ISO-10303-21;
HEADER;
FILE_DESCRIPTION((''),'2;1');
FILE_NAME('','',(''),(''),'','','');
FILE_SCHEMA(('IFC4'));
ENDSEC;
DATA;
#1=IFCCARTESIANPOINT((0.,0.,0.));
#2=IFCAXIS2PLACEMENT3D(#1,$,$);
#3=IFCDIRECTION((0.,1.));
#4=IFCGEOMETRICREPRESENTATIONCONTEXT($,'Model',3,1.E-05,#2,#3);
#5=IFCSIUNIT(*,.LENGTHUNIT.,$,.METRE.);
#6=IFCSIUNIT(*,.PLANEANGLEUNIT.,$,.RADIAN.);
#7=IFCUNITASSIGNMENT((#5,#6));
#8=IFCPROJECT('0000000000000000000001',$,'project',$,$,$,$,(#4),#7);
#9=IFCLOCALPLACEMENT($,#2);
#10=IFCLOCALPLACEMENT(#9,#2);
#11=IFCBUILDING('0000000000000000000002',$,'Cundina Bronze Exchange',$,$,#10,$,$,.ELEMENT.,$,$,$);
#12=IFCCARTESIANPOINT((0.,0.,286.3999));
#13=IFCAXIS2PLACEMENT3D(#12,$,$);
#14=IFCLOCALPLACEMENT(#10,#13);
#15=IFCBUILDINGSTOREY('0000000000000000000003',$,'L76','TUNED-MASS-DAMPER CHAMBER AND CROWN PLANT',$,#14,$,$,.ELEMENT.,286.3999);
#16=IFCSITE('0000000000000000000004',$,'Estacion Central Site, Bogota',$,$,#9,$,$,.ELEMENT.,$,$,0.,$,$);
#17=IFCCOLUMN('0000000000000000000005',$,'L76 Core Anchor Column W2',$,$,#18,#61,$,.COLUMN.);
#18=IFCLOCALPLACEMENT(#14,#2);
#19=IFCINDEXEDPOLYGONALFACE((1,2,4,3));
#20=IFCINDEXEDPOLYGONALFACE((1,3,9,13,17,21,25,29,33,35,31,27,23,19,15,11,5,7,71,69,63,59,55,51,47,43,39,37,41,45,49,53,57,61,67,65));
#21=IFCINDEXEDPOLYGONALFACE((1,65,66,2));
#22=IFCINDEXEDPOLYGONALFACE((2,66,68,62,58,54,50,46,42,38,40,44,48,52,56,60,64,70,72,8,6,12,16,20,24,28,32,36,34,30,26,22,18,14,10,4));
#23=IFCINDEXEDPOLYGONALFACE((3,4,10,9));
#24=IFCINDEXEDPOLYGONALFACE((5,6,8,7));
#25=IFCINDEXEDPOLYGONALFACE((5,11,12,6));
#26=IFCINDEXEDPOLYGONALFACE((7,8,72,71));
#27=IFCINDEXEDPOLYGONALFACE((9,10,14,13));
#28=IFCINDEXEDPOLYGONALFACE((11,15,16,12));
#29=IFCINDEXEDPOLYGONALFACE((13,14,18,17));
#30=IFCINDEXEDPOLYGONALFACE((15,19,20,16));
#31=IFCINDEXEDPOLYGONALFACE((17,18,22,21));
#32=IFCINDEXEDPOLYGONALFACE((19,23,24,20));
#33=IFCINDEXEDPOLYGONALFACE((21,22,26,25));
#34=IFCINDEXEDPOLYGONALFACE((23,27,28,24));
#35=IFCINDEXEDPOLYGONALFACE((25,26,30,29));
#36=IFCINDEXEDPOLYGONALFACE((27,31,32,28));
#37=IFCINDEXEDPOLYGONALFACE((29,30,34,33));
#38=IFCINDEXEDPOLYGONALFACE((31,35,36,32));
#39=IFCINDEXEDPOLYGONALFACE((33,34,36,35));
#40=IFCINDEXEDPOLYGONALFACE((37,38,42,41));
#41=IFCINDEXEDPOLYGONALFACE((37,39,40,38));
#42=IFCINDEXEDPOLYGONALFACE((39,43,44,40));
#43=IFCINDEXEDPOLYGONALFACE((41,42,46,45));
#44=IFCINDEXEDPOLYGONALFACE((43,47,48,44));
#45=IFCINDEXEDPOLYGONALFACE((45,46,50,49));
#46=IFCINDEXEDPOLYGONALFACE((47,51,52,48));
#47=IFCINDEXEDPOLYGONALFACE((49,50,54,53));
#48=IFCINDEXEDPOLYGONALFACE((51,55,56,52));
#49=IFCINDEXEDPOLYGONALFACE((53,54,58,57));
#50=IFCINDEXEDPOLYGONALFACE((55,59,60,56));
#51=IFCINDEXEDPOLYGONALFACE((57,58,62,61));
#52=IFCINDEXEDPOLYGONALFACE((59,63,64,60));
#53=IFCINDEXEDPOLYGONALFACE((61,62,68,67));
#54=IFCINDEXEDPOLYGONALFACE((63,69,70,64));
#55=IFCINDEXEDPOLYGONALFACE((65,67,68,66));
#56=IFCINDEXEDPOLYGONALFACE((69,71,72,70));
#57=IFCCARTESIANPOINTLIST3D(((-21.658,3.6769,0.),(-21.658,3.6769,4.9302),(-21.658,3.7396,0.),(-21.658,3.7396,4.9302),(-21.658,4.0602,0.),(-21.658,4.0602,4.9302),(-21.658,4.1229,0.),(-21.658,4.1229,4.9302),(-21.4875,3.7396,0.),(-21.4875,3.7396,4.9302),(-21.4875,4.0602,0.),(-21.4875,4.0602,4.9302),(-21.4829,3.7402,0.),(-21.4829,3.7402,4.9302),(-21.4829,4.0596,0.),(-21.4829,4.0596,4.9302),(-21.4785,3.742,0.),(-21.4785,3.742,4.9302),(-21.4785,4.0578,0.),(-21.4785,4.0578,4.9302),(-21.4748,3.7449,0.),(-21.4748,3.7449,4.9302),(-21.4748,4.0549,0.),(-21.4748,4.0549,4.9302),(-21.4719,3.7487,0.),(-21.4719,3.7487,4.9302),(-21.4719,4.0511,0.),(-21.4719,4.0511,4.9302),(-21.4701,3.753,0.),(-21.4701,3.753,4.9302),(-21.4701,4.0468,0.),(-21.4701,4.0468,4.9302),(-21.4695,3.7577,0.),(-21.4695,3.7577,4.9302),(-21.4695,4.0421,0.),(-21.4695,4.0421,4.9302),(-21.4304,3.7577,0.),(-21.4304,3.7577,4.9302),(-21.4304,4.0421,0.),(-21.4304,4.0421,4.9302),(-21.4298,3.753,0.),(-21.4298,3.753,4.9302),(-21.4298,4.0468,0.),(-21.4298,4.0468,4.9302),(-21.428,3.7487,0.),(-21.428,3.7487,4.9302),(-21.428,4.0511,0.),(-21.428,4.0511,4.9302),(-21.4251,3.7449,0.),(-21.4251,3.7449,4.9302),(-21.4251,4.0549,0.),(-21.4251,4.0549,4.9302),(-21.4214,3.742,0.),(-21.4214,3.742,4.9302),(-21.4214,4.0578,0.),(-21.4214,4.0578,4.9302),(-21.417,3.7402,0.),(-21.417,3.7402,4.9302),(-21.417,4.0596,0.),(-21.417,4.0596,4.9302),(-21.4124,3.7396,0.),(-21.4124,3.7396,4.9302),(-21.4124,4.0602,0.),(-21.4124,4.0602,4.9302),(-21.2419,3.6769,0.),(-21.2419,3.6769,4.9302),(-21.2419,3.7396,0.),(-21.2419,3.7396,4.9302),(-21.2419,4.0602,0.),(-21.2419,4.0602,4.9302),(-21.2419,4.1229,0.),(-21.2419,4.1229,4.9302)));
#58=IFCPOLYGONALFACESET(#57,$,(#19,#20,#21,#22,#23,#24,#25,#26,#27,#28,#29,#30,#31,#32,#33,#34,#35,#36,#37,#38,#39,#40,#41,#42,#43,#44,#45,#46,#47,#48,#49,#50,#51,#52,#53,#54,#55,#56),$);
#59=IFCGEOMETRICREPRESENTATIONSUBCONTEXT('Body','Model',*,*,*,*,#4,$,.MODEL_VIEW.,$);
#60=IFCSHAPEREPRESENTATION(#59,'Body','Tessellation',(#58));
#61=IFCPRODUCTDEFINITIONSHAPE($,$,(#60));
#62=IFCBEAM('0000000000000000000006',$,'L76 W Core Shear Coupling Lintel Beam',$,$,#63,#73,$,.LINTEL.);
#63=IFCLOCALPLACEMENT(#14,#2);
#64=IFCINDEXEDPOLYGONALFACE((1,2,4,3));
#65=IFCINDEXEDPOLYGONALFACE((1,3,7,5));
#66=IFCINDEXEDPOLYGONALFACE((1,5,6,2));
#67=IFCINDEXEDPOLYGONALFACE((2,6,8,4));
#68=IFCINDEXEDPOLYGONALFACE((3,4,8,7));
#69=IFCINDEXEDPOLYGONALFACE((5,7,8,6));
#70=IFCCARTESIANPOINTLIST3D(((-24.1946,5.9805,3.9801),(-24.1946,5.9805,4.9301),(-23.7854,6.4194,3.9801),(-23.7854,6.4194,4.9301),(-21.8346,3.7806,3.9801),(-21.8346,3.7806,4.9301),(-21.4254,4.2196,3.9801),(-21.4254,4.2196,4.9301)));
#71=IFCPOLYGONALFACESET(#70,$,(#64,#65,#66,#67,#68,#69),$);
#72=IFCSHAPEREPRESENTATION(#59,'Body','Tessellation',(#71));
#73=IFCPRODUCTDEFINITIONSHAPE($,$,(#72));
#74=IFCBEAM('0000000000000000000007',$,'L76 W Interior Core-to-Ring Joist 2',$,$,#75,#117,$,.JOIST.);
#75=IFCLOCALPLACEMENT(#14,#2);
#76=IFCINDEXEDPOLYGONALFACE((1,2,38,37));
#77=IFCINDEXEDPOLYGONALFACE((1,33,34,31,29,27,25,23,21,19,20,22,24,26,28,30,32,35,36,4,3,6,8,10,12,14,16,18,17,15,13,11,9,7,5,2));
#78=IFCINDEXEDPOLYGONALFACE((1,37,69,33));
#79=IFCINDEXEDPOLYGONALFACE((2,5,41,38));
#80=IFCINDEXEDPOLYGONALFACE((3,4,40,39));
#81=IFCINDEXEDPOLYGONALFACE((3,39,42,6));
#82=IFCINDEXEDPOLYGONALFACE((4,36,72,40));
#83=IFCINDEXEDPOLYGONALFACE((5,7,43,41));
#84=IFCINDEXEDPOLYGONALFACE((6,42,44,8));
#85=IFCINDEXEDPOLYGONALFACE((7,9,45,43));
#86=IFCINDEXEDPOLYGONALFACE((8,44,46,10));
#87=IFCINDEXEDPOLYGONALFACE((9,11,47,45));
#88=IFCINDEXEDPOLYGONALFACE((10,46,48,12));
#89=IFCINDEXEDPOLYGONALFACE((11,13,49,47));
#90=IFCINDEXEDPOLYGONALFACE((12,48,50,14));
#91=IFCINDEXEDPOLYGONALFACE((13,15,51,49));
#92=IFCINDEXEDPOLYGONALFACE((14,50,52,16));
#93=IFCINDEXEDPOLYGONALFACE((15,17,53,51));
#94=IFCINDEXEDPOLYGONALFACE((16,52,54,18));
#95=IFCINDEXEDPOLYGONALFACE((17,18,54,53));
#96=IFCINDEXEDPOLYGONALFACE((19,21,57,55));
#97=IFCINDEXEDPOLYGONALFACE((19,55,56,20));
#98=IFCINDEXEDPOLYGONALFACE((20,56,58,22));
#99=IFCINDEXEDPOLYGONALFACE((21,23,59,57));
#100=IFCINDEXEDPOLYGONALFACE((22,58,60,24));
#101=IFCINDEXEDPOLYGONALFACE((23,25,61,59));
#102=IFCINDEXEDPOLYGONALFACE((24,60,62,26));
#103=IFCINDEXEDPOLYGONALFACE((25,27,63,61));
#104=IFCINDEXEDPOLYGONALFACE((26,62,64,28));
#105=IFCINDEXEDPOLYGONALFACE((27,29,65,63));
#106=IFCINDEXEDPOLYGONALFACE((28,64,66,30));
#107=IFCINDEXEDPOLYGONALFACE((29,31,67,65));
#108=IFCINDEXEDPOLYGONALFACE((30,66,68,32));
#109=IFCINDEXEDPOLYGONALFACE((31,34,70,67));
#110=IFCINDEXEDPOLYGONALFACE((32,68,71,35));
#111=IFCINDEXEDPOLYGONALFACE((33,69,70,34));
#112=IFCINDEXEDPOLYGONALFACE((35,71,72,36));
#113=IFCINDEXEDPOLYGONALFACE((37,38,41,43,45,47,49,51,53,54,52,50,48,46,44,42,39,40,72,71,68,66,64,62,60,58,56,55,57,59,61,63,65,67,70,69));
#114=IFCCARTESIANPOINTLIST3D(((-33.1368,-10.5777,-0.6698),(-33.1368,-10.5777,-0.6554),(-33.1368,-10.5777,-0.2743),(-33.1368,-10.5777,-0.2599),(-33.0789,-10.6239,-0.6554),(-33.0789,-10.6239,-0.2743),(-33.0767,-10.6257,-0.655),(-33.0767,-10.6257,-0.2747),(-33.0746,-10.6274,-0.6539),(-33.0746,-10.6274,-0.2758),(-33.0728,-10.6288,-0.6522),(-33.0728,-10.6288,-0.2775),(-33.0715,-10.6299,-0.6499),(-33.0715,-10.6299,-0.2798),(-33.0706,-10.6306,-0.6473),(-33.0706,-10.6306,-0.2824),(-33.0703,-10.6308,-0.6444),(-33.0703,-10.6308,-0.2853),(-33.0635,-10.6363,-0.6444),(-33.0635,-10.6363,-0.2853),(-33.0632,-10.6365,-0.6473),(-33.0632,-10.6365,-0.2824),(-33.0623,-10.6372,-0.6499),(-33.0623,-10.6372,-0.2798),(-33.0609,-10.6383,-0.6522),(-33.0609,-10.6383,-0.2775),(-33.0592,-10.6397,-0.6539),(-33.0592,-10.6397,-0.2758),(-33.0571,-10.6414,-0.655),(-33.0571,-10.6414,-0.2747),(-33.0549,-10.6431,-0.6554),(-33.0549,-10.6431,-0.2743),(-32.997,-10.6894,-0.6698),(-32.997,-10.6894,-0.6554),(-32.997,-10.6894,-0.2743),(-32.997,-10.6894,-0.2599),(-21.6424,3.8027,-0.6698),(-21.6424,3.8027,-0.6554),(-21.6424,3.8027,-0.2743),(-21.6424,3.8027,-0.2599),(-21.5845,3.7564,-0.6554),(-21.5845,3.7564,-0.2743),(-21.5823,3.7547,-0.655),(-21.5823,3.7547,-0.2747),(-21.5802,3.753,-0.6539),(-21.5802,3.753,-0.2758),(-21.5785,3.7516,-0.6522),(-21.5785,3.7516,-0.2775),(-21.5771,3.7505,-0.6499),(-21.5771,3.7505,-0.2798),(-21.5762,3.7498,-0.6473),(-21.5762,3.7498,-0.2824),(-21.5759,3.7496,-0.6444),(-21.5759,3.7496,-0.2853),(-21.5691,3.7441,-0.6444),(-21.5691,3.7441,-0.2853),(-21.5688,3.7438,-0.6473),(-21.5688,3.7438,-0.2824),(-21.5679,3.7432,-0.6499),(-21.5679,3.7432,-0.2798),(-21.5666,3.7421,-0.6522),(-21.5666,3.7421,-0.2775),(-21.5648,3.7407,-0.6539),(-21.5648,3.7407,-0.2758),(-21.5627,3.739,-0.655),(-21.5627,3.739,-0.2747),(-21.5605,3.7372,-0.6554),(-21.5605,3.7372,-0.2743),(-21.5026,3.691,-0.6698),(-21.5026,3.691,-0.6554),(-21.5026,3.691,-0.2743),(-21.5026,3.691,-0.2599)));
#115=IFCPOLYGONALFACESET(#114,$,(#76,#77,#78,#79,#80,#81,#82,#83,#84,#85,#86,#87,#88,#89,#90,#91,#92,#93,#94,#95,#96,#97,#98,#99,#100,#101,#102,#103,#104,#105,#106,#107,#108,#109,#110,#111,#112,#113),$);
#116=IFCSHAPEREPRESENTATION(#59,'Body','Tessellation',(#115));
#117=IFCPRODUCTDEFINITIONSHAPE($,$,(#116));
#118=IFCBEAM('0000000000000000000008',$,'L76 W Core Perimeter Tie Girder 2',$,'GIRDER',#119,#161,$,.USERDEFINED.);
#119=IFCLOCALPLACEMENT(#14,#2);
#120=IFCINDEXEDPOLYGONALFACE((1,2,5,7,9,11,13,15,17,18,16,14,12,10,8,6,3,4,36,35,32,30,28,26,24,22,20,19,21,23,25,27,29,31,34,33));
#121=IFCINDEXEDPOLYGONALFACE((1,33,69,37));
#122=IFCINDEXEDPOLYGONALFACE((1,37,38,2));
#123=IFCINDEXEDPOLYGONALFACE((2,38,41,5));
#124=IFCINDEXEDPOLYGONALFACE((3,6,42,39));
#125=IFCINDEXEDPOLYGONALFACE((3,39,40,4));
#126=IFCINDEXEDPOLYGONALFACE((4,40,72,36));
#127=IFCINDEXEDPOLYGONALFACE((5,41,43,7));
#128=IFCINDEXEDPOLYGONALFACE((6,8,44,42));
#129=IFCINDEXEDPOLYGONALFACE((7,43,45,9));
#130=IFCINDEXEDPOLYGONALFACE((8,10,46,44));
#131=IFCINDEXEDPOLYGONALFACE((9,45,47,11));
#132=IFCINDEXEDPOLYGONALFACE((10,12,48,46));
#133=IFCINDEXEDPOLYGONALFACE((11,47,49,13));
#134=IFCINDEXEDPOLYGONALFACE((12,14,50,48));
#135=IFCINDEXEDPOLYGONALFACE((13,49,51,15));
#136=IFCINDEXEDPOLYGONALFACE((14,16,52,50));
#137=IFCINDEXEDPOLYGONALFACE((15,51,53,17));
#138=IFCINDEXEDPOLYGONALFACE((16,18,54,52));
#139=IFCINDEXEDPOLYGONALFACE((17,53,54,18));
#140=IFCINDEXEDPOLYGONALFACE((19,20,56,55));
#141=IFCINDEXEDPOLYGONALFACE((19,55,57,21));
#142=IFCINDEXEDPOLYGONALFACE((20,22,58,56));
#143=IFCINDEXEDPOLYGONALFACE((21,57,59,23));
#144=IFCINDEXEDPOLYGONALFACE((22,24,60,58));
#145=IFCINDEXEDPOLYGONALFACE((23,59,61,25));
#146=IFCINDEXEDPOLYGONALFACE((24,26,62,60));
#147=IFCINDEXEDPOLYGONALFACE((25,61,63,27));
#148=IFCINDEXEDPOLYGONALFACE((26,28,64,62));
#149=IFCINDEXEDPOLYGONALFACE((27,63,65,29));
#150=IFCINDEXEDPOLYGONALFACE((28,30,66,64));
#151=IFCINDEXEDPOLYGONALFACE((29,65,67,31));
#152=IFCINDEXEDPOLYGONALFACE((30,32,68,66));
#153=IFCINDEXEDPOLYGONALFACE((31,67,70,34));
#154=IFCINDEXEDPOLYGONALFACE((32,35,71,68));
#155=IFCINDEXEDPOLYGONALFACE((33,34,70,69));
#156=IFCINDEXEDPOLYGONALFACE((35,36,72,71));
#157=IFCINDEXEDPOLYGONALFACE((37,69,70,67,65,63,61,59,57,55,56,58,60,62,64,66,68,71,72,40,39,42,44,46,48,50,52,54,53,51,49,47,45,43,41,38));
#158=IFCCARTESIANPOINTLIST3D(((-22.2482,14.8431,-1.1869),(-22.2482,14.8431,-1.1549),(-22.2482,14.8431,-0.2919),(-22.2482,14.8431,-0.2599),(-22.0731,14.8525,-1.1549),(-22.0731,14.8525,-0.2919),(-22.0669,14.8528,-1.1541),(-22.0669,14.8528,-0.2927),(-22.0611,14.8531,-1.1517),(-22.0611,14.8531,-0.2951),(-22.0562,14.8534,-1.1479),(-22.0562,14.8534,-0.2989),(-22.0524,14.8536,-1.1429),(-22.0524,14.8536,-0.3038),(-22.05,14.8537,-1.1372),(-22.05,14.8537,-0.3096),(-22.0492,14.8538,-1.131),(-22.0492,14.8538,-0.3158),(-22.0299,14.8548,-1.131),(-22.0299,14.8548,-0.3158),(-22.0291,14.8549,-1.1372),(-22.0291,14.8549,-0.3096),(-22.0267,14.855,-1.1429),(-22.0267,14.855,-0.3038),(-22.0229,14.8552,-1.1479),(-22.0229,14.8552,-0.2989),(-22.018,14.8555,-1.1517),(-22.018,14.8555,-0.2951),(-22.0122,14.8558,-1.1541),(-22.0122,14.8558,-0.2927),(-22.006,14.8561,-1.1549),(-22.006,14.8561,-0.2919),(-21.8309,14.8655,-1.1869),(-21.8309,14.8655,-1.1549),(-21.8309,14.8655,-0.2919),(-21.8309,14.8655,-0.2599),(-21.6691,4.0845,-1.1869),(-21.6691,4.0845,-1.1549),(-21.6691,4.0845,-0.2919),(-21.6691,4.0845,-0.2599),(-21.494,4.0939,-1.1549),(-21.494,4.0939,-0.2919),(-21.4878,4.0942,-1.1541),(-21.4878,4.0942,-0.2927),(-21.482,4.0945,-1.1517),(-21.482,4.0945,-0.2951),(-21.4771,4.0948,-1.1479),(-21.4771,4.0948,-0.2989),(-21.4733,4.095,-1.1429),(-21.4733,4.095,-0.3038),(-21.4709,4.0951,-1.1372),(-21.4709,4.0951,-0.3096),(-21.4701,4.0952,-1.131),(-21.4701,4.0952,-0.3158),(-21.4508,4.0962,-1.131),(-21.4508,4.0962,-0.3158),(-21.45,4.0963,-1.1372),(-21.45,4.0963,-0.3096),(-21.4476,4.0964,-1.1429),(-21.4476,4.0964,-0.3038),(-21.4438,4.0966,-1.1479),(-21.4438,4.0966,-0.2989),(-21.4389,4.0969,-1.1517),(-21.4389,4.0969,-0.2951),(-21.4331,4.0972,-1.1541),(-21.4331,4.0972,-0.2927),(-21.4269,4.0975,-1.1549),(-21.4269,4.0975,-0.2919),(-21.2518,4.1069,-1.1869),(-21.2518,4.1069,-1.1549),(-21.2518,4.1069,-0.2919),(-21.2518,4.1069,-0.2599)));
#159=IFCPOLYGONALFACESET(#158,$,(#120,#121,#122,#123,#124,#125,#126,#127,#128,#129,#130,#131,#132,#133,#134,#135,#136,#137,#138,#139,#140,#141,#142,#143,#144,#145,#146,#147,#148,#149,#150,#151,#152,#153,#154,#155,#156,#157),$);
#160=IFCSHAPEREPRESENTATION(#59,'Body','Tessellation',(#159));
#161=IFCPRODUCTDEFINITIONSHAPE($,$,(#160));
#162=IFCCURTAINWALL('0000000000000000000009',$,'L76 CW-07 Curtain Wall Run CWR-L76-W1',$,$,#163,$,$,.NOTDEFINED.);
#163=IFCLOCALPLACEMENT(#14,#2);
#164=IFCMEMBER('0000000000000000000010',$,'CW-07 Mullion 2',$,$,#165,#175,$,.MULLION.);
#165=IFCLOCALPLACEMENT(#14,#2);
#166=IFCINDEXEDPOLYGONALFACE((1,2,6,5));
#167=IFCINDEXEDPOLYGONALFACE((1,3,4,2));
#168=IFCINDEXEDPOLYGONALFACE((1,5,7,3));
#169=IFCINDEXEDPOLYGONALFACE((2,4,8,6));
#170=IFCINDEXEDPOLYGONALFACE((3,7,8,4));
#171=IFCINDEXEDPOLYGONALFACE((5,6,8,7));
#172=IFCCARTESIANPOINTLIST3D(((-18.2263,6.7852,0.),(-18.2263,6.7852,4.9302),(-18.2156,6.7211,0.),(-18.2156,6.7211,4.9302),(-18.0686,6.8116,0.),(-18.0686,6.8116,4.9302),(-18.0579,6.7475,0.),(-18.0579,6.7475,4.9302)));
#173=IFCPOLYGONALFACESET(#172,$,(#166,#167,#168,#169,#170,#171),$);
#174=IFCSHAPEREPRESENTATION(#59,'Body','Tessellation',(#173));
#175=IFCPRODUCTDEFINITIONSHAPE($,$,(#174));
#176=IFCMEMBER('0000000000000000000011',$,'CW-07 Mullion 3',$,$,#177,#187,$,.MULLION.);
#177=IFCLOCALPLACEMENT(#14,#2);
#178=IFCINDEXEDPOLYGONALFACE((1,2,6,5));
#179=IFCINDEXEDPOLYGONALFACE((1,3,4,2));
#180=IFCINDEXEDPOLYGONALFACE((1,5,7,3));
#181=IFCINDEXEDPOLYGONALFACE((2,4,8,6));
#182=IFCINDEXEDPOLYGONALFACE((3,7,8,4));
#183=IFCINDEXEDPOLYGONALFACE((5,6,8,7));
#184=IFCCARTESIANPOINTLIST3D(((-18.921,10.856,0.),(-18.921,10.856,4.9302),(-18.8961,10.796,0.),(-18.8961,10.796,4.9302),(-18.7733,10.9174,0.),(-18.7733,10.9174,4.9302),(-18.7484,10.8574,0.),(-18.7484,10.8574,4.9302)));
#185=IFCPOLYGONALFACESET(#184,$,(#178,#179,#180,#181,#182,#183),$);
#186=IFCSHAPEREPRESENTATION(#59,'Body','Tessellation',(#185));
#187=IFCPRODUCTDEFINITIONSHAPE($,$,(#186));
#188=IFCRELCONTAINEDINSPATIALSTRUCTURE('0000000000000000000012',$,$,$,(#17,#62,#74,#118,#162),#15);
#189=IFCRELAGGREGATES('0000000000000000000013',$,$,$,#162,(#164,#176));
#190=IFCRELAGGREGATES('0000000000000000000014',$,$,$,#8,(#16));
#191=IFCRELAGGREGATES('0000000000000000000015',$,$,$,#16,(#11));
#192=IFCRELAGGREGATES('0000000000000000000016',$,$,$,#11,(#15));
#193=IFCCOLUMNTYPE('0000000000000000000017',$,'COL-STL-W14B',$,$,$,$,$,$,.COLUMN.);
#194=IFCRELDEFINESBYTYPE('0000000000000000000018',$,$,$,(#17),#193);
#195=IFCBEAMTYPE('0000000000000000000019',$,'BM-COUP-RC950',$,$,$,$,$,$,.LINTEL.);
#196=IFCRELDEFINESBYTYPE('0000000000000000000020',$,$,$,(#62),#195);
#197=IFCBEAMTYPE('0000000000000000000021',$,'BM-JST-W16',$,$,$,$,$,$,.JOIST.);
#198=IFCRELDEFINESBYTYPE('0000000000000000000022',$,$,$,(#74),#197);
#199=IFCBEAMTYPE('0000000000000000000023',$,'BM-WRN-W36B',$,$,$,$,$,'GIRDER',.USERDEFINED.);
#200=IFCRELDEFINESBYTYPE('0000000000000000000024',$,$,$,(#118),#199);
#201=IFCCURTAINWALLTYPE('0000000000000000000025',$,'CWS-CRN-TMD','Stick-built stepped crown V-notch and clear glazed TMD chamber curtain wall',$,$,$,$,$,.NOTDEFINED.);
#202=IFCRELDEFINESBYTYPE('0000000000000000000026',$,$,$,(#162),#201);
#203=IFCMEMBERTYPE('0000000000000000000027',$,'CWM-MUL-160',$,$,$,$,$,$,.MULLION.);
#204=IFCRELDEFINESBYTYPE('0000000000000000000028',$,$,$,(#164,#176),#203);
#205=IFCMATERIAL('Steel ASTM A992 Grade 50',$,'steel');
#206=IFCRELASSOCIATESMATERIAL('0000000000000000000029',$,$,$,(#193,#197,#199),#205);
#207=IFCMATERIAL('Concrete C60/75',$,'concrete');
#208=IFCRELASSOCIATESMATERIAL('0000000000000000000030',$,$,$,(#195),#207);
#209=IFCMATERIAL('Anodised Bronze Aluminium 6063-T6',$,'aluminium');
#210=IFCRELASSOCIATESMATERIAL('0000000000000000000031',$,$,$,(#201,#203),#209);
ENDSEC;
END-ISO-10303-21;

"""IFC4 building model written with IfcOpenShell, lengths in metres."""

from ifc_helpers import new_model, si_unit, direction, frame, origin, origin_2d, place, context, subcontext, project, spatial, rectangle, i_section, extrude, material, material_profile, profile_set, type_object, element, aggregate, save


model = new_model("IFC4")

# Units and contexts
model_context = context("Model", 3, precision=1e-05, world=origin(), true_north=direction((0.0, 1.0)))
body_context = subcontext(model_context, "Body", "Model", "MODEL_VIEW")
ifc_project = project(units=[si_unit("LENGTHUNIT", "METRE"), si_unit("PLANEANGLEUNIT", "RADIAN")], contexts=[model_context])

# Site, building, storey
site_placement = place(None, origin())
site = spatial("IfcSite", under=ifc_project, at=site_placement, Name="Estacion Central Site, Bogota", CompositionType="ELEMENT", RefElevation=0.0)
building_placement = place(site_placement, origin())
building = spatial("IfcBuilding", under=site, at=building_placement, Name="Cundina Bronze Exchange", CompositionType="ELEMENT")
storey_placement = place(building_placement, frame((0.0, 0.0, 286.3999)))
storey = spatial("IfcBuildingStorey", under=building, at=storey_placement, Name="L76", Description="TUNED-MASS-DAMPER CHAMBER AND CROWN PLANT", CompositionType="ELEMENT", Elevation=286.3999)

# Column
ifc_material_1 = material(Name="Steel ASTM A992 Grade 50", Category="steel")
ifc_material_profile_1 = material_profile(ifc_material_1, i_section(OverallWidth=0.416, OverallDepth=0.446, WebThickness=0.0391, FlangeThickness=0.0627, FilletRadius=0.0181, at=origin_2d()), Name="W14X342", Category="steel")
ifc_profile_set_1 = profile_set([ifc_material_profile_1], Name="Steel ASTM A992 Grade 50")
column_type = type_object("IfcColumnType", Name="COL-STL-W14B", PredefinedType="COLUMN", material=ifc_profile_set_1)
column_placement = place(storey_placement, frame((-21.45, 3.8999, 0.0), z_axis=(0.0, 0.0, 1.0), x_axis=(1.0, 0.0, 0.0)))
element("IfcColumn", 1, at=column_placement, inside=storey, type_object=column_type, Name="L76 Core Anchor Column W2", PredefinedType="COLUMN", context=body_context, shape_type="SweptSolid", body=[
    extrude(i_section(OverallWidth=0.416, OverallDepth=0.446, WebThickness=0.0391, FlangeThickness=0.0627, FilletRadius=0.0181, at=origin_2d()), origin(), (0.0, 0.0, 1.0), 4.9302),
])

# Beams
ifc_material_2 = material(Name="Concrete C60/75", Category="concrete")
ifc_material_profile_2 = material_profile(ifc_material_2, rectangle(XDim=0.6001, YDim=0.95, at=origin_2d()), Name="RC600X950", Category="concrete")
ifc_profile_set_2 = profile_set([ifc_material_profile_2], Name="Concrete C60/75")
beam_type_1 = type_object("IfcBeamType", Name="BM-COUP-RC950", PredefinedType="LINTEL", material=ifc_profile_set_2)
beam_1_placement = place(storey_placement, frame((-23.99, 6.2, 4.4551), z_axis=(0.73149, -0.681852, 0.0), x_axis=(0.681852, 0.73149, 0.0)))
element("IfcBeam", 2, at=beam_1_placement, inside=storey, type_object=beam_type_1, Name="L76 W Core Shear Coupling Lintel Beam", PredefinedType="LINTEL", context=body_context, shape_type="SweptSolid", body=[
    extrude(rectangle(XDim=0.6001, YDim=0.95, at=origin_2d()), origin(), (0.0, 0.0, 1.0), 3.2263),
])
ifc_material_profile_3 = material_profile(ifc_material_1, i_section(OverallWidth=0.179, OverallDepth=0.4099, WebThickness=0.0088, FlangeThickness=0.0144, FilletRadius=0.011, at=origin_2d()), Name="W16X45", Category="steel")
ifc_profile_set_3 = profile_set([ifc_material_profile_3], Name="Steel ASTM A992 Grade 50")
beam_type_2 = type_object("IfcBeamType", Name="BM-JST-W16", PredefinedType="JOIST", material=ifc_profile_set_3)
beam_2_placement = place(storey_placement, frame((-21.5725, 3.7468, -0.4648), z_axis=(-0.624367, -0.781131, 0.0), x_axis=(0.781131, -0.624367, 0.0)))
element("IfcBeam", 3, at=beam_2_placement, inside=storey, type_object=beam_type_2, Name="L76 W Interior Core-to-Ring Joist 2", PredefinedType="JOIST", context=body_context, shape_type="SweptSolid", body=[
    extrude(i_section(OverallWidth=0.179, OverallDepth=0.4099, WebThickness=0.0088, FlangeThickness=0.0144, FilletRadius=0.011, at=origin_2d()), origin(), (0.0, 0.0, 1.0), 18.4097),
])
ifc_material_profile_4 = material_profile(ifc_material_1, i_section(OverallWidth=0.418, OverallDepth=0.927, WebThickness=0.0193, FlangeThickness=0.032, FilletRadius=0.0239, at=origin_2d()), Name="W36X231", Category="steel")
ifc_profile_set_4 = profile_set([ifc_material_profile_4], Name="Steel ASTM A992 Grade 50")
beam_type_3 = type_object("IfcBeamType", Name="BM-WRN-W36B", ElementType="GIRDER", PredefinedType="USERDEFINED", material=ifc_profile_set_4)
beam_3_placement = place(storey_placement, frame((-21.4604, 4.0957, -0.7234), z_axis=(-0.053749, 0.998554, 0.0), x_axis=(-0.998554, -0.053749, 0.0)))
element("IfcBeam", 4, at=beam_3_placement, inside=storey, type_object=beam_type_3, Name="L76 W Core Perimeter Tie Girder 2", ObjectType="GIRDER", PredefinedType="USERDEFINED", context=body_context, shape_type="SweptSolid", body=[
    extrude(i_section(OverallWidth=0.418, OverallDepth=0.927, WebThickness=0.0193, FlangeThickness=0.032, FilletRadius=0.0239, at=origin_2d()), origin(), (0.0, 0.0, 1.0), 10.7742),
])

# Curtain wall, members
ifc_material_3 = material(Name="Anodised Bronze Aluminium 6063-T6", Category="aluminium")
curtain_wall_type = type_object("IfcCurtainWallType", Name="CWS-CRN-TMD", Description="Stick-built stepped crown V-notch and clear glazed TMD chamber curtain wall", PredefinedType="NOTDEFINED", material=ifc_material_3)
curtain_wall_placement = place(storey_placement, origin())
curtain_wall = element("IfcCurtainWall", 5, at=curtain_wall_placement, inside=storey, type_object=curtain_wall_type, Name="L76 CW-07 Curtain Wall Run CWR-L76-W1", PredefinedType="NOTDEFINED")
ifc_material_profile_5 = material_profile(ifc_material_3, rectangle(XDim=0.0649, YDim=0.1599, at=origin_2d()), Name="AL65X160", Category="aluminium")
ifc_profile_set_5 = profile_set([ifc_material_profile_5], Name="Anodised Bronze Aluminium 6063-T6")
member_type_1 = type_object("IfcMemberType", Name="CWM-MUL-160", PredefinedType="MULLION", material=ifc_profile_set_5)
member_1_placement = place(storey_placement, frame((-18.1421, 6.7664, 0.0), z_axis=(0.0, 0.0, 1.0), x_axis=(-0.165048, 0.986286, 0.0)))
member_1 = element("IfcMember", 6, at=member_1_placement, type_object=member_type_1, Name="CW-07 Mullion 2", PredefinedType="MULLION", context=body_context, shape_type="SweptSolid", body=[
    extrude(rectangle(XDim=0.0649, YDim=0.1599, at=origin_2d()), origin(), (0.0, 0.0, 1.0), 4.9302),
])
member_2_placement = place(storey_placement, frame((-18.8347, 10.8567, 0.0), z_axis=(0.0, 0.0, 1.0), x_axis=(-0.383651, 0.923478, 0.0)))
member_2 = element("IfcMember", 7, at=member_2_placement, type_object=member_type_1, Name="CW-07 Mullion 3", PredefinedType="MULLION", context=body_context, shape_type="SweptSolid", body=[
    extrude(rectangle(XDim=0.0649, YDim=0.1599, at=origin_2d()), origin(), (0.0, 0.0, 1.0), 4.9302),
])
aggregate(curtain_wall, [member_1, member_2])

save(model, "model.ifc")
